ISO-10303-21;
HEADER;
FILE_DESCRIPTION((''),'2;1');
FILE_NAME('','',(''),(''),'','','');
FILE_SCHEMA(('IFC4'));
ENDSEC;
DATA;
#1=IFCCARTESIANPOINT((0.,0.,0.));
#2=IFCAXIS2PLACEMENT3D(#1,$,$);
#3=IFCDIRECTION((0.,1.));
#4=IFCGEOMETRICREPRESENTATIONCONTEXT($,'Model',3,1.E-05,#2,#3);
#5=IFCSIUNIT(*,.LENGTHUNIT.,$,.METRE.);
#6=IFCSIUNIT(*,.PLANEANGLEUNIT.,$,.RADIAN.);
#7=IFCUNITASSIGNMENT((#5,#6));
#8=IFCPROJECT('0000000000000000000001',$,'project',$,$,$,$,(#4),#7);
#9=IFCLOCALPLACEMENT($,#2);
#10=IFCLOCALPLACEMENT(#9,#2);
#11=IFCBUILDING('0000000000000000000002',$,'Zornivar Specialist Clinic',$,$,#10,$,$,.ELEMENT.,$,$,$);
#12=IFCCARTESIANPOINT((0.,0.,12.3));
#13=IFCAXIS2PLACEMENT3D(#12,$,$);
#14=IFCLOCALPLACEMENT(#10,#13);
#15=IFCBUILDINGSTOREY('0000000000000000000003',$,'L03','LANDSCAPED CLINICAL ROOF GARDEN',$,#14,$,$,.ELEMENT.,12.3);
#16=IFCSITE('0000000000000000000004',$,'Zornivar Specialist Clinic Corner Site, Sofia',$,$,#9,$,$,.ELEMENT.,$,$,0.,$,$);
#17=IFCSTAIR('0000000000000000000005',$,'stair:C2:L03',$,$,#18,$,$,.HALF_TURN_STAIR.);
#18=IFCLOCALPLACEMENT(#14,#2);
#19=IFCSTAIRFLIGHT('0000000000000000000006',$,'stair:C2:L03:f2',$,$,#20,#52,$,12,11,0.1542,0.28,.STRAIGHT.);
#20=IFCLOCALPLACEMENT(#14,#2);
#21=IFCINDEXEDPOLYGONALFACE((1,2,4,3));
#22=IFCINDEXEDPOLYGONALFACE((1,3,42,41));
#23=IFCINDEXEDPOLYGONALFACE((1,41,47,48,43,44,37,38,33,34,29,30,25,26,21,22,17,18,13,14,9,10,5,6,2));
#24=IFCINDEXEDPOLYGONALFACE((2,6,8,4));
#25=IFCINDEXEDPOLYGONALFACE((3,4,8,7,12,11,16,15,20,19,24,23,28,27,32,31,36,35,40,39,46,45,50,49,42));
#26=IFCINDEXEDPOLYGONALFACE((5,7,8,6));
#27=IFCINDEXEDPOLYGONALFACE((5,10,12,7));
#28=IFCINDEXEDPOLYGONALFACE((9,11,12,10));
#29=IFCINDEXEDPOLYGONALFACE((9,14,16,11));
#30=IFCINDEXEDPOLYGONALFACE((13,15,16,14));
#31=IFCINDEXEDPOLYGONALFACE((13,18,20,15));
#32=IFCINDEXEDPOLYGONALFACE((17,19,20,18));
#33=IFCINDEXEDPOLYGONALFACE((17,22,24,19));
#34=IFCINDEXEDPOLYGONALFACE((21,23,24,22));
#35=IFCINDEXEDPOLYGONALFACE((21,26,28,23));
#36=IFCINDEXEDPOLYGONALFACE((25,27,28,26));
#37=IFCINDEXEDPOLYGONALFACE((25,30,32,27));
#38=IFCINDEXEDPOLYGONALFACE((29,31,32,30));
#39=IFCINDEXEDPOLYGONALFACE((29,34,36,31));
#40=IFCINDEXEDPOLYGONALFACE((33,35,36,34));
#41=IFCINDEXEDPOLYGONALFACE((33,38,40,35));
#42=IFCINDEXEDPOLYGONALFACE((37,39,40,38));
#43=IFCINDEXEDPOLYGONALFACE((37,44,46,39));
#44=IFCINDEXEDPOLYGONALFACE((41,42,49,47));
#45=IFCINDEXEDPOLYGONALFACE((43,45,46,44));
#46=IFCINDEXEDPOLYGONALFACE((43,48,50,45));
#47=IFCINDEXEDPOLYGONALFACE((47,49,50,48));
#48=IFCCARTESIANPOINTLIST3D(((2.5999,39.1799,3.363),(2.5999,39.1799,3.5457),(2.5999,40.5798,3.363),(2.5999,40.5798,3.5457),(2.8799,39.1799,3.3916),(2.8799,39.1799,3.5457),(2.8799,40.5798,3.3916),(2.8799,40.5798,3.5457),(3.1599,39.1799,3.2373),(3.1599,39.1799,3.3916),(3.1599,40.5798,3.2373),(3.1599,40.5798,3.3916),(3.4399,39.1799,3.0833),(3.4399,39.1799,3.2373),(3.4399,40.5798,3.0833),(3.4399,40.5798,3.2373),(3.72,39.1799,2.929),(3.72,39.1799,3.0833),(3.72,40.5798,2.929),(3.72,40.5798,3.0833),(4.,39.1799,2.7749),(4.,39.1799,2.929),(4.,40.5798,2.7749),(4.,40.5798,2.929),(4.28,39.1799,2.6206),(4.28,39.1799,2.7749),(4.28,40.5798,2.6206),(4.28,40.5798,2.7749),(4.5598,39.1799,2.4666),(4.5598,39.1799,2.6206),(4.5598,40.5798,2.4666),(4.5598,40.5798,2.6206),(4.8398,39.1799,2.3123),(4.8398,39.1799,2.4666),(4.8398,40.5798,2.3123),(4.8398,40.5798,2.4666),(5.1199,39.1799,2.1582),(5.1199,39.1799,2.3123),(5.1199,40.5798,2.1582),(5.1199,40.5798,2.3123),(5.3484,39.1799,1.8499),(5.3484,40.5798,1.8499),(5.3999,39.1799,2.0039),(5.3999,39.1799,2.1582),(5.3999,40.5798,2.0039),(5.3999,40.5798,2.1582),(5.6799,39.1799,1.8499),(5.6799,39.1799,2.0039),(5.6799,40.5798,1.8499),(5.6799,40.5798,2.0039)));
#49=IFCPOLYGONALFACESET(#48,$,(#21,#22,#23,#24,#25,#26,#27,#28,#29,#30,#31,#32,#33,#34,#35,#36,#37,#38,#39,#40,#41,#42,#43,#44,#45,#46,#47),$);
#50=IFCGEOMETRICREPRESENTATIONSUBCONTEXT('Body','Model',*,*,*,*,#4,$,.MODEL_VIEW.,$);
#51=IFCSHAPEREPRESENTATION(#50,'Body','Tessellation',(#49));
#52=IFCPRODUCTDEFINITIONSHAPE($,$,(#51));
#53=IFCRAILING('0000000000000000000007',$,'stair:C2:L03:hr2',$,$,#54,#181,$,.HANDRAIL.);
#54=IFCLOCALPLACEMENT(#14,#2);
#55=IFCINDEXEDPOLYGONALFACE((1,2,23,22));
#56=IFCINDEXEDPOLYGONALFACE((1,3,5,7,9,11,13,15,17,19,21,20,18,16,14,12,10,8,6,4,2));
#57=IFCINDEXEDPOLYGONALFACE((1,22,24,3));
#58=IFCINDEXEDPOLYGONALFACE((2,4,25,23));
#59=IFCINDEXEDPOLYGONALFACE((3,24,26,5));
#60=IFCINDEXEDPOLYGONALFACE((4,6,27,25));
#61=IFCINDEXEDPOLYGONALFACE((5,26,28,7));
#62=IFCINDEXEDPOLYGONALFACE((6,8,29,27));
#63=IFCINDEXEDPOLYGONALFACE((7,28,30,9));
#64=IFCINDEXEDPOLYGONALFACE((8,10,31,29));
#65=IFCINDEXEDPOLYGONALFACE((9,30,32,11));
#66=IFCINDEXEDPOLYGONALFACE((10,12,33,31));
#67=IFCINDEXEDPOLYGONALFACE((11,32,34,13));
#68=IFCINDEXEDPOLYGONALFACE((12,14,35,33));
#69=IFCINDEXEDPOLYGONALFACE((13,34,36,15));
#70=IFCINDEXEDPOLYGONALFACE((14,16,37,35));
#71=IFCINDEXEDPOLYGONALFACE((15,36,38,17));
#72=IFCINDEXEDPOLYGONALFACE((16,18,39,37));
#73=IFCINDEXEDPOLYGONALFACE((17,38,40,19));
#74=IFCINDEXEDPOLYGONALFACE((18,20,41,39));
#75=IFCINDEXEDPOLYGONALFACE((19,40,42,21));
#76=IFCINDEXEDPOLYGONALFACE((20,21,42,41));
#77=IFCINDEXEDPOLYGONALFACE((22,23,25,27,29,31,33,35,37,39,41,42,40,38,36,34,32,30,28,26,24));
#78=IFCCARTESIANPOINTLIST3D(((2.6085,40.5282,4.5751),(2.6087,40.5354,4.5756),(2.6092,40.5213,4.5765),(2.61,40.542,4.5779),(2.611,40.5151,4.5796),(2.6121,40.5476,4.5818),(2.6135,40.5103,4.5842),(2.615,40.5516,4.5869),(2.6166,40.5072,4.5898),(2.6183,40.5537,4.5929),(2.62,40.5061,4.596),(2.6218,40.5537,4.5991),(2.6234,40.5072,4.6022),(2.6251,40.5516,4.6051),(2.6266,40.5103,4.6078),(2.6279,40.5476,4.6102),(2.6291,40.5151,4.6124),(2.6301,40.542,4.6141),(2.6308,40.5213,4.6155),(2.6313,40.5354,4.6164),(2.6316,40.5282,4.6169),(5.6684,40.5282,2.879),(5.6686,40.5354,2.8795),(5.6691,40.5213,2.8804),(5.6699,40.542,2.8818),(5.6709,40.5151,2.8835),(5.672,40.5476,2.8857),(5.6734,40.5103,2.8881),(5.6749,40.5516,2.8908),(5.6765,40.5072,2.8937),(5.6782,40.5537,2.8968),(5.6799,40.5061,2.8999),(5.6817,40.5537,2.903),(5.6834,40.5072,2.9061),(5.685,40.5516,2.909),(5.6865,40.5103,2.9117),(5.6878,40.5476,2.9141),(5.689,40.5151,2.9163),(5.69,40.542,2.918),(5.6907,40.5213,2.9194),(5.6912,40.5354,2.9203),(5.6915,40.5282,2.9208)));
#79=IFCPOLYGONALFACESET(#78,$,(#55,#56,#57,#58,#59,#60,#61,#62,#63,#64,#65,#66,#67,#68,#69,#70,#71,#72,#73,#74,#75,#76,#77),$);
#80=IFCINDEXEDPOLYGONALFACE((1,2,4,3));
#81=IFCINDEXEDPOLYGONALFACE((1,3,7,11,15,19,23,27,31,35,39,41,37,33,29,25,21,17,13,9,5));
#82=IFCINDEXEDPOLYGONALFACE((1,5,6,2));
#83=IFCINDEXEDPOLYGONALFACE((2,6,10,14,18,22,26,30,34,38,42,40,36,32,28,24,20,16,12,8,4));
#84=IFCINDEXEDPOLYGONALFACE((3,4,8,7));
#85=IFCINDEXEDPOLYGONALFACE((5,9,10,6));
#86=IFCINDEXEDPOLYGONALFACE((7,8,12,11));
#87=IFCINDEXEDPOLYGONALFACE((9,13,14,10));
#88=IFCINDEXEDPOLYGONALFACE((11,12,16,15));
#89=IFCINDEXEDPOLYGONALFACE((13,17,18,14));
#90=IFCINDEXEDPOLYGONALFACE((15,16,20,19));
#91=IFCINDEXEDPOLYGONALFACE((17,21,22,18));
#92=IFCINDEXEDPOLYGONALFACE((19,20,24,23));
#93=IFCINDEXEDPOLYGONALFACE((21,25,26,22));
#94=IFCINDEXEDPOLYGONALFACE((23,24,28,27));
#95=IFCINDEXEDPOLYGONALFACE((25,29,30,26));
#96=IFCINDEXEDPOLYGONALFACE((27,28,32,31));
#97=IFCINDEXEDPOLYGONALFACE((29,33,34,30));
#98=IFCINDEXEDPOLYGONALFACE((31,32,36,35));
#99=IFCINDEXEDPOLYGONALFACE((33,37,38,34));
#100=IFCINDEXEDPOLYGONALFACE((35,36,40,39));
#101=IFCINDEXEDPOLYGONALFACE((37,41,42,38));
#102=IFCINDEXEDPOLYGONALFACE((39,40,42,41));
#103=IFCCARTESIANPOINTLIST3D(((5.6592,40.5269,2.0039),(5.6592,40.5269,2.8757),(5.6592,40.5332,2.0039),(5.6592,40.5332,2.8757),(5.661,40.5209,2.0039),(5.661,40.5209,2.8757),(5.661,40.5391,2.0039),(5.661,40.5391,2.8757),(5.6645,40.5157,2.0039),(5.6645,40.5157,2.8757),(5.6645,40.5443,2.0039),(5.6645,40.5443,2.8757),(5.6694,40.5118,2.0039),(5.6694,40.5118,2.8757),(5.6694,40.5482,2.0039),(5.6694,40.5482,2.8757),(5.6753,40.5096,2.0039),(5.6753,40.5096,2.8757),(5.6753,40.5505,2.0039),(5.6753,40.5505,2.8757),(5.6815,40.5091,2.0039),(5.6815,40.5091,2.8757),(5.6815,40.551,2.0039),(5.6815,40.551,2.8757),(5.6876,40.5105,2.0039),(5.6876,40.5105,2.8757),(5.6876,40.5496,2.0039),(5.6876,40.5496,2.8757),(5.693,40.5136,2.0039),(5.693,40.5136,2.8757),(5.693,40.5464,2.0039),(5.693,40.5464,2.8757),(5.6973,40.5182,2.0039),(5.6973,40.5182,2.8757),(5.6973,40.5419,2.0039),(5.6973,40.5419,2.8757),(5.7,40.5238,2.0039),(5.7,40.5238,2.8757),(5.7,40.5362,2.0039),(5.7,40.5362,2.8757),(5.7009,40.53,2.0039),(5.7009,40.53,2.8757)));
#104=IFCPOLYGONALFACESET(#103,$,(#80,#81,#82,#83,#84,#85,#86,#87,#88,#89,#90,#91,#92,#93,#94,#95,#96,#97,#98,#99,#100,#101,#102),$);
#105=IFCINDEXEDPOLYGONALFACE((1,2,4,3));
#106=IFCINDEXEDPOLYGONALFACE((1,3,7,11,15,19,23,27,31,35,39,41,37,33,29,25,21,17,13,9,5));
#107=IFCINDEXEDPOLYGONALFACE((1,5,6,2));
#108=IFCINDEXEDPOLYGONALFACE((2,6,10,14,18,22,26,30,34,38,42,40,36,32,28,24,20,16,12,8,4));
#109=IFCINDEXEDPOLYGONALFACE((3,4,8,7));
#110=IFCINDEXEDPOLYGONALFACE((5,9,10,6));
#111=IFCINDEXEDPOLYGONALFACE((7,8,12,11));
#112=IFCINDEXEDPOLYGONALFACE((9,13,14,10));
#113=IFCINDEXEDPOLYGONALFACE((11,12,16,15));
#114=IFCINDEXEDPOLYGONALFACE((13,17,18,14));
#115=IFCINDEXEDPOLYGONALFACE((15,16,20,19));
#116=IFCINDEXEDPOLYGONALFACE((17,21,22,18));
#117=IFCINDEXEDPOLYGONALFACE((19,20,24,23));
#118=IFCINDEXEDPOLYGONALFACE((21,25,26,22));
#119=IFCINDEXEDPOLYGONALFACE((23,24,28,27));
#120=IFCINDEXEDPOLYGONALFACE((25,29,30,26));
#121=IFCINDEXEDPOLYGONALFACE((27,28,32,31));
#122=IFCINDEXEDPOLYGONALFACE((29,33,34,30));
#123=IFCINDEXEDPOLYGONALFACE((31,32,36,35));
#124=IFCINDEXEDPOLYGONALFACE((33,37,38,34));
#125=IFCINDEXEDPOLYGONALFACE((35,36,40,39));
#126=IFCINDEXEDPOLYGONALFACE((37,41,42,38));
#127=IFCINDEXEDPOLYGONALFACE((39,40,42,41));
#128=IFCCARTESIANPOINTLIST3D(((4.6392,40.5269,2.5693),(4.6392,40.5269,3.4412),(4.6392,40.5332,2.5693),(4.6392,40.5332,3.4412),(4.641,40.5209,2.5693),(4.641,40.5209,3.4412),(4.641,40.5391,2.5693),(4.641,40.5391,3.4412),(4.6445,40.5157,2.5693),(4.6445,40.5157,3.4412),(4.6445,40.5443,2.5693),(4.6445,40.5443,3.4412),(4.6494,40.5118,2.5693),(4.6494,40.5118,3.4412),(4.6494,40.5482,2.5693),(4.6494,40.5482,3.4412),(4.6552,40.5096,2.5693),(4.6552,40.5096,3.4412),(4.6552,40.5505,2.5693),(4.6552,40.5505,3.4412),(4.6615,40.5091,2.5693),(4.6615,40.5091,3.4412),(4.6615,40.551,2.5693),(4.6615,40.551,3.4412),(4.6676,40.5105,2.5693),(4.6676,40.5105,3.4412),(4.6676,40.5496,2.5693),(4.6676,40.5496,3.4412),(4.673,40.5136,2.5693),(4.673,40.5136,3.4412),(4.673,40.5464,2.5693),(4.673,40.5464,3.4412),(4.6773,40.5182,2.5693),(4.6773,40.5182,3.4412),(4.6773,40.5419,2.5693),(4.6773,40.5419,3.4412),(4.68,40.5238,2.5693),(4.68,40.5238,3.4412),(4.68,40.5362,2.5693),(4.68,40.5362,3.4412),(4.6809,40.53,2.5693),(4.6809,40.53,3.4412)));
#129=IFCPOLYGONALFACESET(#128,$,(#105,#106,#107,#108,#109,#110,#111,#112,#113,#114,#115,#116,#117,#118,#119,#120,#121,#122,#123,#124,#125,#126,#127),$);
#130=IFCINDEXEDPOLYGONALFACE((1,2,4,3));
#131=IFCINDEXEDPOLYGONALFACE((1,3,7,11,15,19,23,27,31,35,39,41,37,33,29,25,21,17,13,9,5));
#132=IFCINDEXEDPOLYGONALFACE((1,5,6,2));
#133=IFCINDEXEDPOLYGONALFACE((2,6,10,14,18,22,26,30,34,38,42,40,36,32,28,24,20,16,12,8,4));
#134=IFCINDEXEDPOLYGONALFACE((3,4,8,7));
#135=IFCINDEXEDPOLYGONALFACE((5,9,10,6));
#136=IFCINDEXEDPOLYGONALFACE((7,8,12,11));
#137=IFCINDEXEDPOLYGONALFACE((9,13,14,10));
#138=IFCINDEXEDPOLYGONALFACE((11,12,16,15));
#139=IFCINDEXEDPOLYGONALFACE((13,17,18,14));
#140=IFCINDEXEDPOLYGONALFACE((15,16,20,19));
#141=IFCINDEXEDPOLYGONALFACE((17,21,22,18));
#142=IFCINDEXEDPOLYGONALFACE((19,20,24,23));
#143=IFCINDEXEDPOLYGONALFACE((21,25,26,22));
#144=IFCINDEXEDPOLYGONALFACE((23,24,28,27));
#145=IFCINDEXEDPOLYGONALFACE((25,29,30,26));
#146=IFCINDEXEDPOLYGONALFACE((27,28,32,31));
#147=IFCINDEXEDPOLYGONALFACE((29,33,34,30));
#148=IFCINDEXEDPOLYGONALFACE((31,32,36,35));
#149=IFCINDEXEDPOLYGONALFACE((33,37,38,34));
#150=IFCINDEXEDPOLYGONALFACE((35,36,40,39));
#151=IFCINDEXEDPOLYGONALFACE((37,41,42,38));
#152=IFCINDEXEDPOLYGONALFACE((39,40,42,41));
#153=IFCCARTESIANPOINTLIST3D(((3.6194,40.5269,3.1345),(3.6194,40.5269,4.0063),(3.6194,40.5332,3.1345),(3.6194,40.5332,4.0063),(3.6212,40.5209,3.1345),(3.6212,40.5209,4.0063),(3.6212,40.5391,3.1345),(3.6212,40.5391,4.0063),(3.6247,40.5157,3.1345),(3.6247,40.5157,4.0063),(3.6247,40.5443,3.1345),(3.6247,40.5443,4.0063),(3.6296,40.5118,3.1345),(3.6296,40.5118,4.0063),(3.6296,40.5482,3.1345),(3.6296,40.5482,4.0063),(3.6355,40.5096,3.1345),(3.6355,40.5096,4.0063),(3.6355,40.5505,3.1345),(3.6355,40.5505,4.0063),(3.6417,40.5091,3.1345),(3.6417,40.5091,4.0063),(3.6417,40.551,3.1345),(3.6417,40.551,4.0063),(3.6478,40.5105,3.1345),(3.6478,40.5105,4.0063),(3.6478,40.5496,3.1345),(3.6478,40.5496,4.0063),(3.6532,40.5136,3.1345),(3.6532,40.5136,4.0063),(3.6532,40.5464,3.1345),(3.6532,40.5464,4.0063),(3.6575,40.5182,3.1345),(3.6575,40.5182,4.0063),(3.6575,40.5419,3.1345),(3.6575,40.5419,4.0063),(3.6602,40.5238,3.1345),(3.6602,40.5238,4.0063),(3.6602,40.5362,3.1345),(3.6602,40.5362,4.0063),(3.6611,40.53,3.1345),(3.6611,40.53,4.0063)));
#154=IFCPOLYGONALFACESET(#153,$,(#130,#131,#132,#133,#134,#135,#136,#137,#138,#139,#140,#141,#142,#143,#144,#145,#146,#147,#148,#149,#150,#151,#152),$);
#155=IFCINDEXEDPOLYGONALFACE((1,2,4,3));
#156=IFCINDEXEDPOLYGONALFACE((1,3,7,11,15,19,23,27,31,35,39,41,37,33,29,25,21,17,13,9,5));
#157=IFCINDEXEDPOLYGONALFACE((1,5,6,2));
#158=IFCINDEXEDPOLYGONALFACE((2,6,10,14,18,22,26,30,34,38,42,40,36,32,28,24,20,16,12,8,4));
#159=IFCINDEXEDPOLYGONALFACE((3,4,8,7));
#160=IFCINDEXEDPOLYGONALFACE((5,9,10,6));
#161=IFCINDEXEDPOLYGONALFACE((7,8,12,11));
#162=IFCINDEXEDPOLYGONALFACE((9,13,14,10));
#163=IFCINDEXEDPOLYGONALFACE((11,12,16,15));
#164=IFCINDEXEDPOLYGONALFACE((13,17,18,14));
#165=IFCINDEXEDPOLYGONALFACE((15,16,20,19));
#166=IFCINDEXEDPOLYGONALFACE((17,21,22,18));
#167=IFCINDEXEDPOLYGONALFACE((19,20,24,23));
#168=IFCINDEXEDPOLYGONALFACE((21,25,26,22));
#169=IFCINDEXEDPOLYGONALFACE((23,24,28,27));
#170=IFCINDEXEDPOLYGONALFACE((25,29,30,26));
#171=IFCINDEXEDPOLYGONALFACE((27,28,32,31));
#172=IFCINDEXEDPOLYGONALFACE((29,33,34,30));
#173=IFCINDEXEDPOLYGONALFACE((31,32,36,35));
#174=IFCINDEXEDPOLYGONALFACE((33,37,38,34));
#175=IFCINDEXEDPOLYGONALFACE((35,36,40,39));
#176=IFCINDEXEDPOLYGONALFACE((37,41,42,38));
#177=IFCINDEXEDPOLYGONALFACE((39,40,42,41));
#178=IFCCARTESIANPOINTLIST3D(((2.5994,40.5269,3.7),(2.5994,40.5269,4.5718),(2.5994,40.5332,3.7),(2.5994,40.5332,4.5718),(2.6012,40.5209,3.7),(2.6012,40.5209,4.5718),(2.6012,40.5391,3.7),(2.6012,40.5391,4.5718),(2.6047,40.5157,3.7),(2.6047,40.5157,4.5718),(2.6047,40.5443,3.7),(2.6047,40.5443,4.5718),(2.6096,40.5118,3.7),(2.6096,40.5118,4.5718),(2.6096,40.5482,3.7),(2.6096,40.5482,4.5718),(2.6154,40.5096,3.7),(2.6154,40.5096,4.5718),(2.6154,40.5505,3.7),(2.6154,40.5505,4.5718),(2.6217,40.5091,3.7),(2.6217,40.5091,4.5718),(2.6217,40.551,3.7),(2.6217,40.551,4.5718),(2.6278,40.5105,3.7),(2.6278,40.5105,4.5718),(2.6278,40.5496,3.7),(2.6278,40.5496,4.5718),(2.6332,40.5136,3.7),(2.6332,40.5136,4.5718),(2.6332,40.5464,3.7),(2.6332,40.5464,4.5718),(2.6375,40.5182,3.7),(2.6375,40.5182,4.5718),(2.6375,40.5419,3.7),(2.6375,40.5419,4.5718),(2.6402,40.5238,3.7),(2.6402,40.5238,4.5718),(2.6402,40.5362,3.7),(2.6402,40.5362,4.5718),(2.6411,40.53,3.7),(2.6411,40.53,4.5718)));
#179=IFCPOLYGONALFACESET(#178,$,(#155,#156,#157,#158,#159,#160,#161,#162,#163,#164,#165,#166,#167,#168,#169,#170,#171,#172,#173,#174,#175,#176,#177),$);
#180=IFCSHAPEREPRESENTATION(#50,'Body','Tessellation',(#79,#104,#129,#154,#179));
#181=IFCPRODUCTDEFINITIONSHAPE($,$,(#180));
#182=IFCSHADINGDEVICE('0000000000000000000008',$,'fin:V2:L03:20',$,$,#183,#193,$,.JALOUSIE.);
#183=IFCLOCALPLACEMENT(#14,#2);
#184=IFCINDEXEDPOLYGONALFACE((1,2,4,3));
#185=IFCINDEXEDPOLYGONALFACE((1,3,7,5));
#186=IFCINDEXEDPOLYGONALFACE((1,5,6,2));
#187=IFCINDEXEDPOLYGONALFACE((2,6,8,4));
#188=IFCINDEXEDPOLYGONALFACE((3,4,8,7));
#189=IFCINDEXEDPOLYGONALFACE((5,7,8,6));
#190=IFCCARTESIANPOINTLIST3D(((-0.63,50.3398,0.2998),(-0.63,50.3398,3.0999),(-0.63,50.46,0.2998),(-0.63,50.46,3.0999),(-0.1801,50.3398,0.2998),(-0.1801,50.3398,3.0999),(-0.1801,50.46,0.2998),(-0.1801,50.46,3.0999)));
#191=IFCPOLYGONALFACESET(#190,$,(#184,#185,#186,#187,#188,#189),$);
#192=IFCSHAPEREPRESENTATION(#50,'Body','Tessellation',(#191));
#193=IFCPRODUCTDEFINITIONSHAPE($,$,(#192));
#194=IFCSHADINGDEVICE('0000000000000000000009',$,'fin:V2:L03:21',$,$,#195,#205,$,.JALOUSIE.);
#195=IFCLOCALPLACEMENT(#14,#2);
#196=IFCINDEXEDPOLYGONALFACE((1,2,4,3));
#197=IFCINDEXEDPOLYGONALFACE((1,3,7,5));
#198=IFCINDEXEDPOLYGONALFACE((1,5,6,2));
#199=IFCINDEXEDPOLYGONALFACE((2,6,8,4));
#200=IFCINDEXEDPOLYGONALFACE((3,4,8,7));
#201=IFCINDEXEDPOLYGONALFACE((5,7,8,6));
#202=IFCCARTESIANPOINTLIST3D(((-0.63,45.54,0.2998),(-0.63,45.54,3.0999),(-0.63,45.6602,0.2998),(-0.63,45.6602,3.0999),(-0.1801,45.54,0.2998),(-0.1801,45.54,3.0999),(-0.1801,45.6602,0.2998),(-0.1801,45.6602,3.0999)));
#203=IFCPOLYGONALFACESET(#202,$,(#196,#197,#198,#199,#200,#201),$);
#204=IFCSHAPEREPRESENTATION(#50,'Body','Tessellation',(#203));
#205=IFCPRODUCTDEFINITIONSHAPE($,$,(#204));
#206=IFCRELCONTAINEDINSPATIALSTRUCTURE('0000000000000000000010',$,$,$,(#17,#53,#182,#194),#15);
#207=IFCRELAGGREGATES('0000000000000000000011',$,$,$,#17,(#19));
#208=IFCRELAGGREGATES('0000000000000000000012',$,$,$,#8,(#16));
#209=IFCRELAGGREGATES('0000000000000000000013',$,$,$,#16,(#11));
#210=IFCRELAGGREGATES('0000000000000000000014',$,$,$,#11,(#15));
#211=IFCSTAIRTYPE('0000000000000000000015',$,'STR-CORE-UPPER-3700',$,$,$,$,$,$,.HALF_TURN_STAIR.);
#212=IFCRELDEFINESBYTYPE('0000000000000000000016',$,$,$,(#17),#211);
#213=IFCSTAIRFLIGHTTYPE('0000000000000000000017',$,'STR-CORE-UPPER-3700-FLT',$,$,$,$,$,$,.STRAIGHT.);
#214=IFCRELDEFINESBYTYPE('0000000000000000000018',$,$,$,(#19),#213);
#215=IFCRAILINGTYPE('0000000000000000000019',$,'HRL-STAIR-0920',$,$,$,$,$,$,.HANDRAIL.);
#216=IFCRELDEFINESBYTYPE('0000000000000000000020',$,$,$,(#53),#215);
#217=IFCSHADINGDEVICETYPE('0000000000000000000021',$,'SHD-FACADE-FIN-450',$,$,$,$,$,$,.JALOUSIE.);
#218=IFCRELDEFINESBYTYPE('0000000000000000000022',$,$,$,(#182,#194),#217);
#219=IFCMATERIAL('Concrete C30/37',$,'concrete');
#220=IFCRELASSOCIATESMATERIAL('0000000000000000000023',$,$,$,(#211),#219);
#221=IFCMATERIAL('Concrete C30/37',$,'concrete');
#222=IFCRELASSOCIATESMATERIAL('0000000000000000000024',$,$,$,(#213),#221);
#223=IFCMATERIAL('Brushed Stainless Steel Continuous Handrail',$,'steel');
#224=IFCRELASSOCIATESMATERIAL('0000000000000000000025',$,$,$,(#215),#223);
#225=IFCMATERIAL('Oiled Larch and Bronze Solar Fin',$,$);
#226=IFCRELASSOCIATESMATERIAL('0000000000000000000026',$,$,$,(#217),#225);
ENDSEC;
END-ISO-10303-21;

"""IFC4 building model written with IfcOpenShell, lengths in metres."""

from ifc_helpers import new_model, si_unit, direction, frame, origin, origin_2d, place, context, subcontext, project, spatial, polyline, rectangle, circle, outline, extrude, material, type_object, element, aggregate, save


model = new_model("IFC4")

# Units and contexts
model_context = context("Model", 3, precision=1e-05, world=origin(), true_north=direction((0.0, 1.0)))
body_context = subcontext(model_context, "Body", "Model", "MODEL_VIEW")
ifc_project = project(units=[si_unit("LENGTHUNIT", "METRE"), si_unit("PLANEANGLEUNIT", "RADIAN")], contexts=[model_context])

# Site, building, storey
site_placement = place(None, origin())
site = spatial("IfcSite", under=ifc_project, at=site_placement, Name="Zornivar Specialist Clinic Corner Site, Sofia", CompositionType="ELEMENT", RefElevation=0.0)
building_placement = place(site_placement, origin())
building = spatial("IfcBuilding", under=site, at=building_placement, Name="Zornivar Specialist Clinic", CompositionType="ELEMENT")
storey_placement = place(building_placement, frame((0.0, 0.0, 12.3)))
storey = spatial("IfcBuildingStorey", under=building, at=storey_placement, Name="L03", Description="LANDSCAPED CLINICAL ROOF GARDEN", CompositionType="ELEMENT", Elevation=12.3)

# Stair, stair flight
ifc_material_1 = material(Name="Concrete C30/37", Category="concrete")
stair_type = type_object("IfcStairType", Name="STR-CORE-UPPER-3700", PredefinedType="HALF_TURN_STAIR", material=ifc_material_1)
stair_placement = place(storey_placement, origin())
stair = element("IfcStair", 1, at=stair_placement, inside=storey, type_object=stair_type, Name="stair:C2:L03", PredefinedType="HALF_TURN_STAIR")
ifc_material_2 = material(Name="Concrete C30/37", Category="concrete")
stair_flight_type = type_object("IfcStairFlightType", Name="STR-CORE-UPPER-3700-FLT", PredefinedType="STRAIGHT", material=ifc_material_2)
stair_flight_placement = place(storey_placement, frame((5.6799, 39.8799, 1.8499), z_axis=(0.0, 0.0, 1.0), x_axis=(-1.0, 0.0, 0.0)))
stair_flight = element("IfcStairFlight", 2, at=stair_flight_placement, type_object=stair_flight_type, Name="stair:C2:L03:f2", NumberOfRisers=12, NumberOfTreads=11, PredefinedType="STRAIGHT", RiserHeight=0.1542, TreadLength=0.28, context=body_context, shape_type="SweptSolid", body=[
    extrude(outline(polyline([(0.0, 0.0), (0.0, 0.1541), (0.28, 0.1541), (0.28, 0.3083), (0.5601, 0.3083), (0.5601, 0.4624), (0.8401, 0.4624), (0.8401, 0.6167), (1.1201, 0.6167), (1.1201, 0.7708), (1.3999, 0.7708), (1.3999, 0.925), (1.6799, 0.925), (1.6799, 1.0791), (1.96, 1.0791), (1.96, 1.2334), (2.24, 1.2334), (2.24, 1.3875), (2.52, 1.3875), (2.52, 1.5417), (2.8, 1.5417), (2.8, 1.6958), (3.0801, 1.6958), (3.0801, 1.8501), (3.0801, 1.5132), (0.3315, 0.0), (0.0, 0.0)])), frame((0.0, 0.7, 0.0), z_axis=(0.0, -1.0, 0.0), x_axis=(1.0, 0.0, 0.0)), (0.0, 0.0, 1.0), 1.3999),
])
aggregate(stair, [stair_flight])

# Railing
ifc_material_3 = material(Name="Brushed Stainless Steel Continuous Handrail", Category="steel")
railing_type = type_object("IfcRailingType", Name="HRL-STAIR-0920", PredefinedType="HANDRAIL", material=ifc_material_3)
railing_placement = place(storey_placement, frame((5.6799, 40.53, 2.0039)))
element("IfcRailing", 3, at=railing_placement, inside=storey, type_object=railing_type, Name="stair:C2:L03:hr2", PredefinedType="HANDRAIL", context=body_context, shape_type="SweptSolid", body=[
    extrude(circle(Radius=0.0239, at=origin_2d()), frame((0.0, 0.0, 0.896), z_axis=(-0.874624, 0.0, 0.484801), x_axis=(0.0, -1.0, 0.0)), (0.0, 0.0, 1.0), 3.4985),
    extrude(circle(Radius=0.021, at=origin_2d()), origin(), (0.0, 0.0, 1.0), 0.8718),
    extrude(circle(Radius=0.021, at=origin_2d()), frame((-1.02, 0.0, 0.5654)), (0.0, 0.0, 1.0), 0.8718),
    extrude(circle(Radius=0.021, at=origin_2d()), frame((-2.0398, 0.0, 1.1306)), (0.0, 0.0, 1.0), 0.8718),
    extrude(circle(Radius=0.021, at=origin_2d()), frame((-3.0598, 0.0, 1.696)), (0.0, 0.0, 1.0), 0.8718),
])

# Shading devices
ifc_material_4 = material(Name="Oiled Larch and Bronze Solar Fin")
shading_device_type = type_object("IfcShadingDeviceType", Name="SHD-FACADE-FIN-450", PredefinedType="JALOUSIE", material=ifc_material_4)
for number, where, z_axis, x_axis, name in (
    (4, (-0.405, 50.3999, 0.2998), (0.0, 0.0, 1.0), (0.0, -1.0, 0.0), "fin:V2:L03:20"),
    (5, (-0.405, 45.6001, 0.2998), (0.0, 0.0, 1.0), (0.0, -1.0, 0.0), "fin:V2:L03:21"),
):
    element("IfcShadingDevice", number, at=place(storey_placement, frame(where, z_axis=z_axis, x_axis=x_axis)), inside=storey, type_object=shading_device_type, Name=name, PredefinedType="JALOUSIE", context=body_context, shape_type="SweptSolid", body=[
        extrude(rectangle(XDim=0.1201, YDim=0.45, at=origin_2d()), origin(), (0.0, 0.0, 1.0), 2.8),
    ])

save(model, "model.ifc")
